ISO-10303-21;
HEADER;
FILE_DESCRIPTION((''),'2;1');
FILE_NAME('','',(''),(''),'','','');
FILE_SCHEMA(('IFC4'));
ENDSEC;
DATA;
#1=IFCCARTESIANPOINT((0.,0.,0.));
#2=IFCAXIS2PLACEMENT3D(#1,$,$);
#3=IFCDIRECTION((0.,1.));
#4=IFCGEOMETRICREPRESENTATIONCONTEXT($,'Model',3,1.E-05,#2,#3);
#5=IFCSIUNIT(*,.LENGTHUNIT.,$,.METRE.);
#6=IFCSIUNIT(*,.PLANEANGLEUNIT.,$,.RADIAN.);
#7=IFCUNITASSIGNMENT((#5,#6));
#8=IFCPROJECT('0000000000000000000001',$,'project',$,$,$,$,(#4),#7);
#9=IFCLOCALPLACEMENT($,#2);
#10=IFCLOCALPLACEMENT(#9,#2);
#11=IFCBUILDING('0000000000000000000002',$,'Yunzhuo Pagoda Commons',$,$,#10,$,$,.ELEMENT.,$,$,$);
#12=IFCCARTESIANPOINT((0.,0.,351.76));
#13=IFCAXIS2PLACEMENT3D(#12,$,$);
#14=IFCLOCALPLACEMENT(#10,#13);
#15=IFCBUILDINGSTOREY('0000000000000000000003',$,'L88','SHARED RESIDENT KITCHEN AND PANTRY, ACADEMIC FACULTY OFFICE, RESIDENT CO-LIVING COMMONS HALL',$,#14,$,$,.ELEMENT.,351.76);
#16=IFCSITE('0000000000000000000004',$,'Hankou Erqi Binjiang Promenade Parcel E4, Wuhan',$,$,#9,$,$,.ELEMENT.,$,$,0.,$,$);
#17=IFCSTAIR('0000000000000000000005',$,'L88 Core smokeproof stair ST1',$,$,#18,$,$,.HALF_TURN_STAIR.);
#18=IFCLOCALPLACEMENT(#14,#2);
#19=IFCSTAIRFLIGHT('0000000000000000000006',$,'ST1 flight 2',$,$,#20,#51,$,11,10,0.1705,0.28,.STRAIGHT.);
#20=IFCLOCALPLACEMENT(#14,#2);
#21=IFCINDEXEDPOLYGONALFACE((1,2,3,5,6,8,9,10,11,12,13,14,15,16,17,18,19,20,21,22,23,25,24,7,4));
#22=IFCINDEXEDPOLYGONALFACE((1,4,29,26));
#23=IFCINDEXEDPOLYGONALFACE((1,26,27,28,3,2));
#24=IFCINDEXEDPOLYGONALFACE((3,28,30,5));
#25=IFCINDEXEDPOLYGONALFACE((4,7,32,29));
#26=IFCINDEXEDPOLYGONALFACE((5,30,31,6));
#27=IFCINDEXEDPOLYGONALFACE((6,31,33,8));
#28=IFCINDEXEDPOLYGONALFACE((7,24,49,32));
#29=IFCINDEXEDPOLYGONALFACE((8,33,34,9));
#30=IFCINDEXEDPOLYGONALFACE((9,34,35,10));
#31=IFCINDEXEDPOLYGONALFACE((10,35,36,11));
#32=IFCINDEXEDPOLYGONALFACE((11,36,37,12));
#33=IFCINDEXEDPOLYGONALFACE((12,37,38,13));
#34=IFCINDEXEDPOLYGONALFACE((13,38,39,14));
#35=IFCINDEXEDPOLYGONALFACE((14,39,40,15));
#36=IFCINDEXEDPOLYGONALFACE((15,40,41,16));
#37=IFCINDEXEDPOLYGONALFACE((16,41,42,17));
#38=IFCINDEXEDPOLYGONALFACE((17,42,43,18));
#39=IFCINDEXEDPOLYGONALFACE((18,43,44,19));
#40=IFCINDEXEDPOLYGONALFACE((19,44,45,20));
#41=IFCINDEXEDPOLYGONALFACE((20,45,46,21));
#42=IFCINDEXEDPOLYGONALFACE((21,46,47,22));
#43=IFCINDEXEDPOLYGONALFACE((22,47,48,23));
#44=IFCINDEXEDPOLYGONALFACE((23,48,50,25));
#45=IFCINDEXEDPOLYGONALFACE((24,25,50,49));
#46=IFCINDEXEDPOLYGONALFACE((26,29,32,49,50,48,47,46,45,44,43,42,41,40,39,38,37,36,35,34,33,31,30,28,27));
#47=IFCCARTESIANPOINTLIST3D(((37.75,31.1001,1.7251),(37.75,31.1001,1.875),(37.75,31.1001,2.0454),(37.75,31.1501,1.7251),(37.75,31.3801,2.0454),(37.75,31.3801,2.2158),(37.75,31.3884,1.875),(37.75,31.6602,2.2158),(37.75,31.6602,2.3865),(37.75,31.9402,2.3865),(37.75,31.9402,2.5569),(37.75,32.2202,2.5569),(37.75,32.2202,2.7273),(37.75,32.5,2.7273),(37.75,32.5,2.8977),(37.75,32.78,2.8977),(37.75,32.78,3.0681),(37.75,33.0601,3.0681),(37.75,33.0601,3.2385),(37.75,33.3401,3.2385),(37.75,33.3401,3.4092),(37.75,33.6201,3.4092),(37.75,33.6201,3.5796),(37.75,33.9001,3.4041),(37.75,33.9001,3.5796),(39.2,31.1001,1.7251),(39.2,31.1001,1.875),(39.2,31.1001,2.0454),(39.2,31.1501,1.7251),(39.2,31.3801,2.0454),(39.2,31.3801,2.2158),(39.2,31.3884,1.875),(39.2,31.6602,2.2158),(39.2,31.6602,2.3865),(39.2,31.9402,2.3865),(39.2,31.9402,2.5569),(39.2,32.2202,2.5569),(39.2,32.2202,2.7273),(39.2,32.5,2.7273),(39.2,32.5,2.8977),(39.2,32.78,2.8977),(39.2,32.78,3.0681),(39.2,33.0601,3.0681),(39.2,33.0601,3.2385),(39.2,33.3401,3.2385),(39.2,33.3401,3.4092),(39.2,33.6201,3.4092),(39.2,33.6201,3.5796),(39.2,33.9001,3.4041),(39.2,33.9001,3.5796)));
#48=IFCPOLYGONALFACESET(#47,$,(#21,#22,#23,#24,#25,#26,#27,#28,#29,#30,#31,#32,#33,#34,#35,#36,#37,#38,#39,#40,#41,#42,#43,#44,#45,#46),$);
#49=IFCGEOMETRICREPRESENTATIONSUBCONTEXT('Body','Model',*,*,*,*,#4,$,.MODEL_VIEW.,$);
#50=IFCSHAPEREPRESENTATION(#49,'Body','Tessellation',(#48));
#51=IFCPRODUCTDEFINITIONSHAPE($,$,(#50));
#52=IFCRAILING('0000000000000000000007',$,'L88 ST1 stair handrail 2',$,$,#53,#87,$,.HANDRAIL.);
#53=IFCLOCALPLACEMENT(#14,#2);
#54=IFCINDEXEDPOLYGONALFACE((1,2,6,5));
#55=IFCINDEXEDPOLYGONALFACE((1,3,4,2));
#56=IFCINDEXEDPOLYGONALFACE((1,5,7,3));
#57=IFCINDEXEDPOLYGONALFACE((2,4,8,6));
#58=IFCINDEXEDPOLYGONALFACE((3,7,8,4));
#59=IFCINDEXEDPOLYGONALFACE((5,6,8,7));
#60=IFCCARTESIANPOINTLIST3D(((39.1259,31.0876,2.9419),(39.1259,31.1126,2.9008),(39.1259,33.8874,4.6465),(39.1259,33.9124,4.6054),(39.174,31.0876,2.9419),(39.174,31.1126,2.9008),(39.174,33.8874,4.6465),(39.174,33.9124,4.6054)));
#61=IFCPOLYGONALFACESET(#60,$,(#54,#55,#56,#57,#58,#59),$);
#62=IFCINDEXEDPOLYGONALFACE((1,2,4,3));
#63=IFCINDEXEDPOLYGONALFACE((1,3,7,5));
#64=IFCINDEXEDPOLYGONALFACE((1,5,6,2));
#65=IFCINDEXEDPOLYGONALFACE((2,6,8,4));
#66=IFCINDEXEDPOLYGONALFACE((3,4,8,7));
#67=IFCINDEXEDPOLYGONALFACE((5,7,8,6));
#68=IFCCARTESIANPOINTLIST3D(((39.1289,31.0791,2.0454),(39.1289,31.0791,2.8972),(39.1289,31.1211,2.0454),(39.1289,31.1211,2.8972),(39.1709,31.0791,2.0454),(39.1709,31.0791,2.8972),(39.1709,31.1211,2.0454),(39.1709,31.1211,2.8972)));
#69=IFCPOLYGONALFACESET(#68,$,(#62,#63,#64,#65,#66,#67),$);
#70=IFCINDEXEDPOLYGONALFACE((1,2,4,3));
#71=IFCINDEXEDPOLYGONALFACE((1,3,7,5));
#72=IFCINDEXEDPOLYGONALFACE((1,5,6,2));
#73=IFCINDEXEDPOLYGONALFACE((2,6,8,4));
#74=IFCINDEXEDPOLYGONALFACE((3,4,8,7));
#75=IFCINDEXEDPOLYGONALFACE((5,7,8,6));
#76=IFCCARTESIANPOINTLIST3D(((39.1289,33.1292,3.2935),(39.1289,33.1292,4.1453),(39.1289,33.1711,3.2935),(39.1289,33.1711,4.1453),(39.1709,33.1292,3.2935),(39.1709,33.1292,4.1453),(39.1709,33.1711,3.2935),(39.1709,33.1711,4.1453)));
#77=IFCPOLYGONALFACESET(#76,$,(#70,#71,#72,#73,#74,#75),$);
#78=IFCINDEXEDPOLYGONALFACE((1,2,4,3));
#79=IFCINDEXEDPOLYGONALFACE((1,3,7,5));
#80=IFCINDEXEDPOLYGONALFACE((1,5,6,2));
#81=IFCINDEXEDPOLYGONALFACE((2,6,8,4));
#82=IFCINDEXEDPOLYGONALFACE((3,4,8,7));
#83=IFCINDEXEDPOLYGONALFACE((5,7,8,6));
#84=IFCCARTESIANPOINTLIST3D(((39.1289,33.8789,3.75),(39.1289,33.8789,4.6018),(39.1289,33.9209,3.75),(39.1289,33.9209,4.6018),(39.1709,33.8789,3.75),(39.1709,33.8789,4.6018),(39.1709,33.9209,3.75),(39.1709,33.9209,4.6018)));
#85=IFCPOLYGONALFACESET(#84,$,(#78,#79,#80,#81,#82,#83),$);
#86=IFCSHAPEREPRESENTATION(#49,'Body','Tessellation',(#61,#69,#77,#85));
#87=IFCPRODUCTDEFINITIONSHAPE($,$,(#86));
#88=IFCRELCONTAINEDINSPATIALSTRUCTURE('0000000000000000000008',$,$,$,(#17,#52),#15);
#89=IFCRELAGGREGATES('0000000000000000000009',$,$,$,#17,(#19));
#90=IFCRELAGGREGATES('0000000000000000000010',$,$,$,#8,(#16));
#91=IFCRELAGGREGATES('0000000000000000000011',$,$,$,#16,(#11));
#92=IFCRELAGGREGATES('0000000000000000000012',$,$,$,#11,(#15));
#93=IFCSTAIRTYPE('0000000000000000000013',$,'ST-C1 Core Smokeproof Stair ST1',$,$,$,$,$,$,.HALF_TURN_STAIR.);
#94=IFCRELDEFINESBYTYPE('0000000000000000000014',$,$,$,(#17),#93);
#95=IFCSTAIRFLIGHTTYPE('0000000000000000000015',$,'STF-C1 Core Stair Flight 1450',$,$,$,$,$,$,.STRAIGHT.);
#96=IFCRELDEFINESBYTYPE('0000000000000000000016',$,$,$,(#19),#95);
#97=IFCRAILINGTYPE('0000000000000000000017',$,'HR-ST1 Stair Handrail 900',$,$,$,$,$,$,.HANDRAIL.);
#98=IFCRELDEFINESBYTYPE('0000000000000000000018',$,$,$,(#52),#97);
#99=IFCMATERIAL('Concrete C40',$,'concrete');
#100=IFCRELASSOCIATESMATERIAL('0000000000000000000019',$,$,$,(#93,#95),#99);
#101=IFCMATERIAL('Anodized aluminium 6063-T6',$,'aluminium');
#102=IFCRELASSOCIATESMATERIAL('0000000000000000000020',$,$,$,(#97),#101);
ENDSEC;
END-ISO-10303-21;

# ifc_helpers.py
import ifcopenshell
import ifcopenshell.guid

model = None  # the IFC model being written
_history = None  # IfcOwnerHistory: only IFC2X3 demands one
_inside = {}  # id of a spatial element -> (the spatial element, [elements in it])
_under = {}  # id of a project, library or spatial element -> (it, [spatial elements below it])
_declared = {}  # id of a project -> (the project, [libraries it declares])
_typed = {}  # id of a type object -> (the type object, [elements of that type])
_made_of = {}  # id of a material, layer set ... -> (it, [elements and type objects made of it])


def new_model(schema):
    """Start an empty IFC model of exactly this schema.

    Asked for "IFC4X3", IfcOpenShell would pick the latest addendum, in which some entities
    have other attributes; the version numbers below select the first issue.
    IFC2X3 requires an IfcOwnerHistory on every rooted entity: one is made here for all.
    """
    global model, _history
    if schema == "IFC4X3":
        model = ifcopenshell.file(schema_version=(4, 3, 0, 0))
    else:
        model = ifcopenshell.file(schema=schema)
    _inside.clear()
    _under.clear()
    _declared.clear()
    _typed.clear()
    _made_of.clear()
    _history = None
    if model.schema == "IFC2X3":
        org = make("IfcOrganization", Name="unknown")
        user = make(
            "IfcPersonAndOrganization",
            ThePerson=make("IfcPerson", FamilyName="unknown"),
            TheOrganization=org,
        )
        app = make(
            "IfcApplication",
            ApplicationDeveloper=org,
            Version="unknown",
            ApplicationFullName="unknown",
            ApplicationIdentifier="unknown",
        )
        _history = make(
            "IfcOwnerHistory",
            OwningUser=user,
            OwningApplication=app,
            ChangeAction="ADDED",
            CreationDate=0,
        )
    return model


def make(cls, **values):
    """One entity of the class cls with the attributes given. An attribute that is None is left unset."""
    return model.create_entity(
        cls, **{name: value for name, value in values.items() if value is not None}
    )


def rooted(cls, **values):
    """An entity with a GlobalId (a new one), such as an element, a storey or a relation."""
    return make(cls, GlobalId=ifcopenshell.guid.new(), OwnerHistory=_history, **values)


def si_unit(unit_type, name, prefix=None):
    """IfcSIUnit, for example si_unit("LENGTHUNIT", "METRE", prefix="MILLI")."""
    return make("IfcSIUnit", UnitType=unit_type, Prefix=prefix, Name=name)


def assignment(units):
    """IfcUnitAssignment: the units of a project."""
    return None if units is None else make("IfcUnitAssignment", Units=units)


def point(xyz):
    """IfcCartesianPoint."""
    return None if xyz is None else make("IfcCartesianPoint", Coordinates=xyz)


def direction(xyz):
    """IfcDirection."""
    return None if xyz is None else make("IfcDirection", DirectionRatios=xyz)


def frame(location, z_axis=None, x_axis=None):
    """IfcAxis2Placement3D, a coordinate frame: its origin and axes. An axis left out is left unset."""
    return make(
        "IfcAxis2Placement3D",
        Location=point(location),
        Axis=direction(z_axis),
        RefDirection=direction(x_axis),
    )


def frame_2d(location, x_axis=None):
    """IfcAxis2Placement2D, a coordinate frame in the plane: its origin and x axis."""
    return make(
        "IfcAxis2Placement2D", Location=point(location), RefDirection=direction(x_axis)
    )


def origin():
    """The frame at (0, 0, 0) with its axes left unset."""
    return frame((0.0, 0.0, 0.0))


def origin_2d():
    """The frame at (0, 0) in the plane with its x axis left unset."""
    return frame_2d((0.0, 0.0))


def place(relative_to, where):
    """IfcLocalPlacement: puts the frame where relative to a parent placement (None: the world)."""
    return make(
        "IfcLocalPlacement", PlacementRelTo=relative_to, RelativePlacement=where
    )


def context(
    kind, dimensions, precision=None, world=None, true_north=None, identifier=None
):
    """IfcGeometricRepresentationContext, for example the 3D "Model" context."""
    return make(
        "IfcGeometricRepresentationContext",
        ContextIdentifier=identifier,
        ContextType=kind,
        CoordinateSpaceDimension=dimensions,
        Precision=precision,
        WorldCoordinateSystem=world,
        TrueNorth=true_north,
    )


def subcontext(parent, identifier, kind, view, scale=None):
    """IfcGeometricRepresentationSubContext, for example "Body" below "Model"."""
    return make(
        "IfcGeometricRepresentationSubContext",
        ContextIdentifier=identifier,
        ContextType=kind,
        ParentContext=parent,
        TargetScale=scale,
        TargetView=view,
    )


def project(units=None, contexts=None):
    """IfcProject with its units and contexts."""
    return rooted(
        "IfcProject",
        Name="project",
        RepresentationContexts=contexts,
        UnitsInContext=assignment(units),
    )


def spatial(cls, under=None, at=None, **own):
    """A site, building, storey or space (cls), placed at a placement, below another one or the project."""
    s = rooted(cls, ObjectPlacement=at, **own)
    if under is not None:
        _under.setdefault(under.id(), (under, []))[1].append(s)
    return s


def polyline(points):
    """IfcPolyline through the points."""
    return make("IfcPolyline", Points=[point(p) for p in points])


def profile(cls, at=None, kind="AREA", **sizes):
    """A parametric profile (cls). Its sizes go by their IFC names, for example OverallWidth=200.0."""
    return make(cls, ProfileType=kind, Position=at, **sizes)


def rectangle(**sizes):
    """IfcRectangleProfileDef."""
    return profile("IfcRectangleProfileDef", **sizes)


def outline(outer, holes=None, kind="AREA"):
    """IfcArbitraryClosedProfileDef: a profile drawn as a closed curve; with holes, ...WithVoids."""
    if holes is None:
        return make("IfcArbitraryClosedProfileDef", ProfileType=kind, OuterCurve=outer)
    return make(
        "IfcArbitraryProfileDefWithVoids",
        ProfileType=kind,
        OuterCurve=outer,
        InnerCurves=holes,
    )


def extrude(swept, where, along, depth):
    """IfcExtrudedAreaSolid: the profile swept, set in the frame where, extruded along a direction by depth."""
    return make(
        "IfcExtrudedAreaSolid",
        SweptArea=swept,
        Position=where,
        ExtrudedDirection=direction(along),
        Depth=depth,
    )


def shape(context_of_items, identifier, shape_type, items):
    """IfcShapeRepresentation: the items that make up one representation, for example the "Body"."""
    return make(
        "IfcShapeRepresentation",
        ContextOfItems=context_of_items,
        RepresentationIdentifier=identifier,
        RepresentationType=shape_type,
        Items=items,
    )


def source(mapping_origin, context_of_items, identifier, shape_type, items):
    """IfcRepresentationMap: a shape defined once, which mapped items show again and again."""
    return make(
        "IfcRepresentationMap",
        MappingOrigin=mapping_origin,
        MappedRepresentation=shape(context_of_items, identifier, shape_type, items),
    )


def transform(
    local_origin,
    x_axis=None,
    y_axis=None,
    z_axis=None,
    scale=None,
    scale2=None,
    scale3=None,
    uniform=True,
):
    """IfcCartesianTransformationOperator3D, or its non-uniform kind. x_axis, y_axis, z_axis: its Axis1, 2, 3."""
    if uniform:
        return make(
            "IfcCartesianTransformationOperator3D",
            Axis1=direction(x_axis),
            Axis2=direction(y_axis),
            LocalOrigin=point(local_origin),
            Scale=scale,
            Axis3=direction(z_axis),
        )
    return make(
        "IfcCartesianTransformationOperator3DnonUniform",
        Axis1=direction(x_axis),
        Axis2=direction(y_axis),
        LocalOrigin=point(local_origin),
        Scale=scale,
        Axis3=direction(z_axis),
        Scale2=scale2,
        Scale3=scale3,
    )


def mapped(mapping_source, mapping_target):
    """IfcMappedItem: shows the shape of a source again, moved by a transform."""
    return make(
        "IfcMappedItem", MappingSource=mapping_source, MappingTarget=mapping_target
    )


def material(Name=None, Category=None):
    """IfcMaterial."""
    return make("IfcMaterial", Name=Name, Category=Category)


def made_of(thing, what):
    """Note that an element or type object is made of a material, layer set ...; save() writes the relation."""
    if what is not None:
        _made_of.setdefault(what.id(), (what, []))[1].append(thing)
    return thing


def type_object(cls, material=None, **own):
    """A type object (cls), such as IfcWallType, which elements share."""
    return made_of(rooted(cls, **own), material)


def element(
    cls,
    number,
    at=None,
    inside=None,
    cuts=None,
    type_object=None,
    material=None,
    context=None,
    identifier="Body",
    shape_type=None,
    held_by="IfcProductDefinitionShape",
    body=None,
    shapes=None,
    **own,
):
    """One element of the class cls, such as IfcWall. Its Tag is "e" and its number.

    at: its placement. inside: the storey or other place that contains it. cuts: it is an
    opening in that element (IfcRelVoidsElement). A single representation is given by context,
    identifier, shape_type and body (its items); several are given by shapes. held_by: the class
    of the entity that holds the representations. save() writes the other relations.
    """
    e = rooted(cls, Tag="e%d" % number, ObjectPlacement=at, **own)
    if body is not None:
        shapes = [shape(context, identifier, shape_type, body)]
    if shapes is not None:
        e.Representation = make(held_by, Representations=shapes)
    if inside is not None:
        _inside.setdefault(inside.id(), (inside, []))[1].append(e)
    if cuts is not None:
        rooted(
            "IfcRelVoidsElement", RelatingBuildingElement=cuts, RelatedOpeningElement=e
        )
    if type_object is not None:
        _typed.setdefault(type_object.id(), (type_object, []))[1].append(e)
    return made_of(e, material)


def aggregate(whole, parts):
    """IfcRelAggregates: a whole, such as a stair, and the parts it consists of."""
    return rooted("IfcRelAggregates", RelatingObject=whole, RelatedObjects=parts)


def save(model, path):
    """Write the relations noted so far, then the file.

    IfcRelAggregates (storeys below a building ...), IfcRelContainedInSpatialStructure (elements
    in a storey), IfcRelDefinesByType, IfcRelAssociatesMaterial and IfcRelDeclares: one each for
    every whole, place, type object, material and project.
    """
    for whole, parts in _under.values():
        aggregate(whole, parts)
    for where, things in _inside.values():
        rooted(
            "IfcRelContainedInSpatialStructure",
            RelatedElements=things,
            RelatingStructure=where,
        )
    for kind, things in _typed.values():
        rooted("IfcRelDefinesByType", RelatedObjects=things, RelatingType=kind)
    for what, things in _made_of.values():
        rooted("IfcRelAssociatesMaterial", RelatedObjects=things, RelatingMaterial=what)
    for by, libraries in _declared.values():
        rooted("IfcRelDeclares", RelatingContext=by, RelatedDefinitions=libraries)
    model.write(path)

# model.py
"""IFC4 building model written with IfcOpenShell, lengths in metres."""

from ifc_helpers import new_model, si_unit, direction, frame, origin, origin_2d, place, context, subcontext, project, spatial, polyline, rectangle, outline, extrude, source, transform, mapped, material, type_object, element, aggregate, save


model = new_model("IFC4")

# Units and contexts
model_context = context("Model", 3, precision=1e-05, world=origin(), true_north=direction((0.0, 1.0)))
body_context = subcontext(model_context, "Body", "Model", "MODEL_VIEW")
ifc_project = project(units=[si_unit("LENGTHUNIT", "METRE"), si_unit("PLANEANGLEUNIT", "RADIAN")], contexts=[model_context])

# Site, building, storey
site_placement = place(None, origin())
site = spatial("IfcSite", under=ifc_project, at=site_placement, Name="Hankou Erqi Binjiang Promenade Parcel E4, Wuhan", CompositionType="ELEMENT", RefElevation=0.0)
building_placement = place(site_placement, origin())
building = spatial("IfcBuilding", under=site, at=building_placement, Name="Yunzhuo Pagoda Commons", CompositionType="ELEMENT")
storey_placement = place(building_placement, frame((0.0, 0.0, 351.76)))
storey = spatial("IfcBuildingStorey", under=building, at=storey_placement, Name="L88", Description="SHARED RESIDENT KITCHEN AND PANTRY, ACADEMIC FACULTY OFFICE, RESIDENT CO-LIVING COMMONS HALL", CompositionType="ELEMENT", Elevation=351.76)

# Shared definitions
ifc_material_1 = material(Name="Concrete C40", Category="concrete")

# Stair, stair flight
stair_type = type_object("IfcStairType", Name="ST-C1 Core Smokeproof Stair ST1", PredefinedType="HALF_TURN_STAIR", material=ifc_material_1)
stair_placement = place(storey_placement, origin())
stair = element("IfcStair", 1, at=stair_placement, inside=storey, type_object=stair_type, Name="L88 Core smokeproof stair ST1", PredefinedType="HALF_TURN_STAIR")
stair_flight_type = type_object("IfcStairFlightType", Name="STF-C1 Core Stair Flight 1450", PredefinedType="STRAIGHT", material=ifc_material_1)
shared_shape_1 = source(origin(), body_context, "Body", "SweptSolid", [
    extrude(outline(polyline([(0.0, -0.1499), (0.0, 0.0), (0.0, 0.1704), (0.28, 0.1704), (0.28, 0.3408), (0.5601, 0.3408), (0.5601, 0.5115), (0.8401, 0.5115), (0.8401, 0.6819), (1.1201, 0.6819), (1.1201, 0.8523), (1.3999, 0.8523), (1.3999, 1.0227), (1.6799, 1.0227), (1.6799, 1.1931), (1.96, 1.1931), (1.96, 1.3635), (2.24, 1.3635), (2.24, 1.5342), (2.52, 1.5342), (2.52, 1.7046), (2.8, 1.7046), (2.8, 1.875), (2.8, 1.5291), (0.2883, 0.0), (0.05, -0.1499), (0.0, -0.1499)])), frame((0.0, 0.7251, 0.0), z_axis=(0.0, -1.0, 0.0), x_axis=(1.0, 0.0, 0.0)), (0.0, 0.0, 1.0), 1.45),
])
stair_flight_placement = place(storey_placement, frame((38.4751, 31.1001, 1.875), z_axis=(0.0, 0.0, 1.0), x_axis=(0.0, 1.0, 0.0)))
stair_flight = element("IfcStairFlight", 2, at=stair_flight_placement, type_object=stair_flight_type, Name="ST1 flight 2", NumberOfRisers=11, NumberOfTreads=10, PredefinedType="STRAIGHT", RiserHeight=0.1705, TreadLength=0.28, context=body_context, shape_type="MappedRepresentation", body=[
    mapped(shared_shape_1, transform((0.0, 0.0, 0.0), scale=1.0)),
])
aggregate(stair, [stair_flight])

# Railing
ifc_material_2 = material(Name="Anodized aluminium 6063-T6", Category="aluminium")
railing_type = type_object("IfcRailingType", Name="HR-ST1 Stair Handrail 900", PredefinedType="HANDRAIL", material=ifc_material_2)
railing_placement = place(storey_placement, frame((39.1499, 31.1001, 2.0454)))
element("IfcRailing", 3, at=railing_placement, inside=storey, type_object=railing_type, Name="L88 ST1 stair handrail 2", PredefinedType="HANDRAIL", context=body_context, shape_type="SweptSolid", body=[
    extrude(rectangle(XDim=0.0481, YDim=0.0481, at=origin_2d()), frame((0.0, 0.0, 0.876), z_axis=(0.0, 0.85415, 0.520027), x_axis=(-1.0, 0.0, 0.0)), (0.0, 0.0, 1.0), 3.2778),
    extrude(rectangle(XDim=0.042, YDim=0.042, at=origin_2d()), origin(), (0.0, 0.0, 1.0), 0.8518),
    extrude(rectangle(XDim=0.042, YDim=0.042, at=origin_2d()), frame((0.0, 2.05, 1.248)), (0.0, 0.0, 1.0), 0.8518),
    extrude(rectangle(XDim=0.042, YDim=0.042, at=origin_2d()), frame((0.0, 2.7998, 1.7046)), (0.0, 0.0, 1.0), 0.8518),
])

save(model, "model.ifc")
